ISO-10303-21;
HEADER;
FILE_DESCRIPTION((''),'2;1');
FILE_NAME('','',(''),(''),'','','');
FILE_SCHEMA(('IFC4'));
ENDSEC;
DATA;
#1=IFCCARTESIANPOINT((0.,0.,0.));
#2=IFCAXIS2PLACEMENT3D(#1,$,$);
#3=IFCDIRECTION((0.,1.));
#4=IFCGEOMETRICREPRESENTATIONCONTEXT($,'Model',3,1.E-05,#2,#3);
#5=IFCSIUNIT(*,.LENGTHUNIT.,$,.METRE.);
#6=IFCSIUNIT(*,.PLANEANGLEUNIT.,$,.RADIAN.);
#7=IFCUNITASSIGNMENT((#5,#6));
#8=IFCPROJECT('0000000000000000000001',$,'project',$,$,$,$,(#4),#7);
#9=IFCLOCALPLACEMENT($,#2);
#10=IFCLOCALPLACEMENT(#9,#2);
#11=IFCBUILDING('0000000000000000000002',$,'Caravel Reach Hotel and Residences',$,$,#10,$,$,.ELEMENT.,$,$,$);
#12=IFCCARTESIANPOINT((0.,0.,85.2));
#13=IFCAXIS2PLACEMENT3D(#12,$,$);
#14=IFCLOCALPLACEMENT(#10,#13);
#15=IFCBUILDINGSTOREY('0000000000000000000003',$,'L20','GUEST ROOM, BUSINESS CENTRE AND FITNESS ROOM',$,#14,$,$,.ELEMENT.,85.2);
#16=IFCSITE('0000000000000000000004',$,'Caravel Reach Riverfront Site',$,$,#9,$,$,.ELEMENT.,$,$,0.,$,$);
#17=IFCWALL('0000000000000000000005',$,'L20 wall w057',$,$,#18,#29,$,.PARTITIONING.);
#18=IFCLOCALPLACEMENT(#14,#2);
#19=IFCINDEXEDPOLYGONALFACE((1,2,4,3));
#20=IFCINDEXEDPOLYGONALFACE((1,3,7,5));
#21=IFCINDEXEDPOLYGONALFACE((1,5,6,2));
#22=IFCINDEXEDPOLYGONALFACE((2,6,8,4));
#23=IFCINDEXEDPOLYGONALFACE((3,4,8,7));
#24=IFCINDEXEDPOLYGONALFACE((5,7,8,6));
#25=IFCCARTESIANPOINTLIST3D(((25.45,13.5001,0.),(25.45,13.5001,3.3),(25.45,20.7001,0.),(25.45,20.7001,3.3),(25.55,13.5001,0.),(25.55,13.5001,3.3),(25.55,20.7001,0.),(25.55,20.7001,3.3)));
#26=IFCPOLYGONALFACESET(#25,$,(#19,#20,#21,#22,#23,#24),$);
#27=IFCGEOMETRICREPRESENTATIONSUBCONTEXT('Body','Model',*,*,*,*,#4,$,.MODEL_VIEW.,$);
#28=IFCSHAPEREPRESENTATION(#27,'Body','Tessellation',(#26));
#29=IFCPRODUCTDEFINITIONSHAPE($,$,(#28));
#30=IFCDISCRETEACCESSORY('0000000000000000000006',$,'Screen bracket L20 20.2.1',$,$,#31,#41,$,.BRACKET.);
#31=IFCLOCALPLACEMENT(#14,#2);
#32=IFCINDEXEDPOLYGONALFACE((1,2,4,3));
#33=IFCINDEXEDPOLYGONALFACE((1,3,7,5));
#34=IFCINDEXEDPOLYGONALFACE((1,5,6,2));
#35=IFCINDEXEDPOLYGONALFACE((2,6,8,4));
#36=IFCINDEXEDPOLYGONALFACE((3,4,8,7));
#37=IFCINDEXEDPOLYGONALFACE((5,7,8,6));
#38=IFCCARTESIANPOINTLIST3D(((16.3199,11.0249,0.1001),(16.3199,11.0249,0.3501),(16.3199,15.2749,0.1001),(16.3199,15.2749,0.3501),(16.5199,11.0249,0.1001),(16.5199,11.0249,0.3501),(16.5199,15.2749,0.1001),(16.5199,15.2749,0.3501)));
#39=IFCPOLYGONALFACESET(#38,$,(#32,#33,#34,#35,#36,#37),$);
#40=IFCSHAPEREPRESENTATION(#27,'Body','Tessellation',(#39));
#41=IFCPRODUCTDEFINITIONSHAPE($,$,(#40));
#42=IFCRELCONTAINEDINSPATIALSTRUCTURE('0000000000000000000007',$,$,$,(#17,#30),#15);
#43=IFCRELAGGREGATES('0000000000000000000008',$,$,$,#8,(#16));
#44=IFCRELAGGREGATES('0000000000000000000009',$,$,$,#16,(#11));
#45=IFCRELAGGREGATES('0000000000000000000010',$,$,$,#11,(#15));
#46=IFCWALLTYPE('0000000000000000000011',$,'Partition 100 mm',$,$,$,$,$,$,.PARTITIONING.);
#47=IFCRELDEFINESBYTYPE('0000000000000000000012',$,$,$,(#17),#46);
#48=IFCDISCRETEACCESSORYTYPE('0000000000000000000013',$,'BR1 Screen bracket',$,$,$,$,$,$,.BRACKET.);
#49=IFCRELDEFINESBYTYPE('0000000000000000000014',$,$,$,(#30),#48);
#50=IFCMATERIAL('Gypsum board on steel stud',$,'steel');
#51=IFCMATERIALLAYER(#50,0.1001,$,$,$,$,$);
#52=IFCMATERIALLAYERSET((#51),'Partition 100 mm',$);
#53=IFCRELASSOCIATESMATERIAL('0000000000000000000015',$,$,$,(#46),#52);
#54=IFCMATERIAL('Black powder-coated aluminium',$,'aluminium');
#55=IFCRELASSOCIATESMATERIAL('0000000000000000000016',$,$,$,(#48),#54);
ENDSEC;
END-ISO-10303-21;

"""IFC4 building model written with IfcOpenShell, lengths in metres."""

from ifc_helpers import new_model, si_unit, direction, frame, frame_2d, origin, origin_2d, place, context, subcontext, project, spatial, rectangle, extrude, material, layer, layer_set, type_object, element, save


model = new_model("IFC4")

# Units and contexts
model_context = context("Model", 3, precision=1e-05, world=origin(), true_north=direction((0.0, 1.0)))
body_context = subcontext(model_context, "Body", "Model", "MODEL_VIEW")
ifc_project = project(units=[si_unit("LENGTHUNIT", "METRE"), si_unit("PLANEANGLEUNIT", "RADIAN")], contexts=[model_context])

# Site, building, storey
site_placement = place(None, origin())
site = spatial("IfcSite", under=ifc_project, at=site_placement, Name="Caravel Reach Riverfront Site", CompositionType="ELEMENT", RefElevation=0.0)
building_placement = place(site_placement, origin())
building = spatial("IfcBuilding", under=site, at=building_placement, Name="Caravel Reach Hotel and Residences", CompositionType="ELEMENT")
storey_placement = place(building_placement, frame((0.0, 0.0, 85.2)))
storey = spatial("IfcBuildingStorey", under=building, at=storey_placement, Name="L20", Description="GUEST ROOM, BUSINESS CENTRE AND FITNESS ROOM", CompositionType="ELEMENT", Elevation=85.2)

# Wall
ifc_material_1 = material(Name="Gypsum board on steel stud", Category="steel")
ifc_layer_1 = layer(ifc_material_1, 0.1001)
ifc_layer_set_1 = layer_set([ifc_layer_1], Name="Partition 100 mm")
wall_type_1 = type_object("IfcWallType", Name="Partition 100 mm", PredefinedType="PARTITIONING", material=ifc_layer_set_1)
wall_1_placement = place(storey_placement, frame((25.5, 13.5, 0.0), z_axis=(0.0, 0.0, 1.0), x_axis=(0.0, 1.0, 0.0)))
element("IfcWall", 1, at=wall_1_placement, inside=storey, type_object=wall_type_1, Name="L20 wall w057", PredefinedType="PARTITIONING", context=body_context, shape_type="SweptSolid", body=[
    extrude(rectangle(XDim=7.2, YDim=0.1001, at=frame_2d((3.6001, 0.0))), origin(), (0.0, 0.0, 1.0), 3.3),
])

# Discrete accessory
ifc_material_2 = material(Name="Black powder-coated aluminium", Category="aluminium")
discrete_accessory_type = type_object("IfcDiscreteAccessoryType", Name="BR1 Screen bracket", PredefinedType="BRACKET", material=ifc_material_2)
discrete_accessory_placement = place(storey_placement, frame((16.4199, 13.1499, 0.1001), z_axis=(0.0, 0.0, 1.0), x_axis=(0.0, -1.0, 0.0)))
element("IfcDiscreteAccessory", 2, at=discrete_accessory_placement, inside=storey, type_object=discrete_accessory_type, Name="Screen bracket L20 20.2.1", PredefinedType="BRACKET", context=body_context, shape_type="SweptSolid", body=[
    extrude(rectangle(XDim=4.25, YDim=0.2, at=origin_2d()), origin(), (0.0, 0.0, 1.0), 0.25),
])

save(model, "model.ifc")
